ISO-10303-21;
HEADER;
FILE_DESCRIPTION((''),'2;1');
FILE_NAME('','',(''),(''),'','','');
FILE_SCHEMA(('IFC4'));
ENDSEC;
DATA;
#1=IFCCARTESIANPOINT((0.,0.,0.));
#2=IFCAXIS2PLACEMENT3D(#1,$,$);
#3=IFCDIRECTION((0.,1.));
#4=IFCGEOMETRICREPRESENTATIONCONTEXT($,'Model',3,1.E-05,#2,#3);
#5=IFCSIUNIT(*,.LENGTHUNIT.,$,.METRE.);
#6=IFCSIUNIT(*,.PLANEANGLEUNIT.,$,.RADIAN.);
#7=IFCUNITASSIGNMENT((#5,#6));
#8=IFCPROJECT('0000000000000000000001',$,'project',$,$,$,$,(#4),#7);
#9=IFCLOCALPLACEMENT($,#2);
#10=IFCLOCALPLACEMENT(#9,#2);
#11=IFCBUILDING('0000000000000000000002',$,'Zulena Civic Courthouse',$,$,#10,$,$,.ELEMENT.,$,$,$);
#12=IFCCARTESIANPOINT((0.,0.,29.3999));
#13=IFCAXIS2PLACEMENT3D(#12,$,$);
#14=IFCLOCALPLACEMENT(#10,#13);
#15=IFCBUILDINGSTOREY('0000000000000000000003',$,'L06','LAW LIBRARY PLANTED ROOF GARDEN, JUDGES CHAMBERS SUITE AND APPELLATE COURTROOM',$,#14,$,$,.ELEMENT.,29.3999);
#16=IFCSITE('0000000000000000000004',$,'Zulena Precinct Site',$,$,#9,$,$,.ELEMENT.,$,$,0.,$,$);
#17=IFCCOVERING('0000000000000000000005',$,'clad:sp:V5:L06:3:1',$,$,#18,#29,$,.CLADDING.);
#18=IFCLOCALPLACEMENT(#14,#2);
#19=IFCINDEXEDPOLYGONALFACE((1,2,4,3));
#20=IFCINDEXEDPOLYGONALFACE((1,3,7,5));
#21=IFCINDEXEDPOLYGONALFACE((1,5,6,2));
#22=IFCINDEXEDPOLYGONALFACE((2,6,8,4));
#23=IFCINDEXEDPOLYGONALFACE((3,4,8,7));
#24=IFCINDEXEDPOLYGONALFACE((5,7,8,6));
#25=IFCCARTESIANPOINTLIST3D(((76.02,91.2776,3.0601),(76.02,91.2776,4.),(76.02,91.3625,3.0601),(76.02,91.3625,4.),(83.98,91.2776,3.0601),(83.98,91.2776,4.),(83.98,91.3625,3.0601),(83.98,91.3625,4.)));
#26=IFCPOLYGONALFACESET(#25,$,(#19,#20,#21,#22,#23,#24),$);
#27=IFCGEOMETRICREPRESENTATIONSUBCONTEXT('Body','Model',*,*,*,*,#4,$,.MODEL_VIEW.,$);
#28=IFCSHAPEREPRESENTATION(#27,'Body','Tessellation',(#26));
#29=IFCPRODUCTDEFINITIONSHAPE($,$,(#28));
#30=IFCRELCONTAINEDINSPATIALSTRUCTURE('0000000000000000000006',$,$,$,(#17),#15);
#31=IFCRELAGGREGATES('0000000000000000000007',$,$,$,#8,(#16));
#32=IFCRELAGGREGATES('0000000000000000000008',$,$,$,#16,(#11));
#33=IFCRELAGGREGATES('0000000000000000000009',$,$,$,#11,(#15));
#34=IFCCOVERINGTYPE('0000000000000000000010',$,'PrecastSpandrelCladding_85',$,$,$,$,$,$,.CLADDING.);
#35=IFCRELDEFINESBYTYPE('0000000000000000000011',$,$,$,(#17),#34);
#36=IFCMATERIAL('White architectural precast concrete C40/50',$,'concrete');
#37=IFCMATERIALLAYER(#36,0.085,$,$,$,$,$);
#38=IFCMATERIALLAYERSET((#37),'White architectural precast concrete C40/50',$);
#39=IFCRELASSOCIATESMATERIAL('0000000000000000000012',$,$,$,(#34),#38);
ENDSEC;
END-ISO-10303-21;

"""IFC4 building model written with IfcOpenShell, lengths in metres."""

from ifc_helpers import new_model, si_unit, direction, frame, origin, origin_2d, place, context, subcontext, project, spatial, rectangle, extrude, material, layer, layer_set, type_object, element, save


model = new_model("IFC4")

# Units and contexts
model_context = context("Model", 3, precision=1e-05, world=origin(), true_north=direction((0.0, 1.0)))
body_context = subcontext(model_context, "Body", "Model", "MODEL_VIEW")
ifc_project = project(units=[si_unit("LENGTHUNIT", "METRE"), si_unit("PLANEANGLEUNIT", "RADIAN")], contexts=[model_context])

# Site, building, storey
site_placement = place(None, origin())
site = spatial("IfcSite", under=ifc_project, at=site_placement, Name="Zulena Precinct Site", CompositionType="ELEMENT", RefElevation=0.0)
building_placement = place(site_placement, origin())
building = spatial("IfcBuilding", under=site, at=building_placement, Name="Zulena Civic Courthouse", CompositionType="ELEMENT")
storey_placement = place(building_placement, frame((0.0, 0.0, 29.3999)))
storey = spatial("IfcBuildingStorey", under=building, at=storey_placement, Name="L06", Description="LAW LIBRARY PLANTED ROOF GARDEN, JUDGES CHAMBERS SUITE AND APPELLATE COURTROOM", CompositionType="ELEMENT", Elevation=29.3999)

# Covering
ifc_material_1 = material(Name="White architectural precast concrete C40/50", Category="concrete")
ifc_layer_1 = layer(ifc_material_1, 0.085)
ifc_layer_set_1 = layer_set([ifc_layer_1], Name="White architectural precast concrete C40/50")
covering_type = type_object("IfcCoveringType", Name="PrecastSpandrelCladding_85", PredefinedType="CLADDING", material=ifc_layer_set_1)
for number, where, z_axis, x_axis, name in (
    (1, (80.0, 91.3201, 3.0601), (0.0, 0.0, 1.0), (1.0, 0.0, 0.0), "clad:sp:V5:L06:3:1"),
):
    element("IfcCovering", number, at=place(storey_placement, frame(where, z_axis=z_axis, x_axis=x_axis)), inside=storey, type_object=covering_type, Name=name, PredefinedType="CLADDING", context=body_context, shape_type="SweptSolid", body=[
        extrude(rectangle(XDim=7.96, YDim=0.085, at=origin_2d()), origin(), (0.0, 0.0, 1.0), 0.9399),
    ])

save(model, "model.ifc")
